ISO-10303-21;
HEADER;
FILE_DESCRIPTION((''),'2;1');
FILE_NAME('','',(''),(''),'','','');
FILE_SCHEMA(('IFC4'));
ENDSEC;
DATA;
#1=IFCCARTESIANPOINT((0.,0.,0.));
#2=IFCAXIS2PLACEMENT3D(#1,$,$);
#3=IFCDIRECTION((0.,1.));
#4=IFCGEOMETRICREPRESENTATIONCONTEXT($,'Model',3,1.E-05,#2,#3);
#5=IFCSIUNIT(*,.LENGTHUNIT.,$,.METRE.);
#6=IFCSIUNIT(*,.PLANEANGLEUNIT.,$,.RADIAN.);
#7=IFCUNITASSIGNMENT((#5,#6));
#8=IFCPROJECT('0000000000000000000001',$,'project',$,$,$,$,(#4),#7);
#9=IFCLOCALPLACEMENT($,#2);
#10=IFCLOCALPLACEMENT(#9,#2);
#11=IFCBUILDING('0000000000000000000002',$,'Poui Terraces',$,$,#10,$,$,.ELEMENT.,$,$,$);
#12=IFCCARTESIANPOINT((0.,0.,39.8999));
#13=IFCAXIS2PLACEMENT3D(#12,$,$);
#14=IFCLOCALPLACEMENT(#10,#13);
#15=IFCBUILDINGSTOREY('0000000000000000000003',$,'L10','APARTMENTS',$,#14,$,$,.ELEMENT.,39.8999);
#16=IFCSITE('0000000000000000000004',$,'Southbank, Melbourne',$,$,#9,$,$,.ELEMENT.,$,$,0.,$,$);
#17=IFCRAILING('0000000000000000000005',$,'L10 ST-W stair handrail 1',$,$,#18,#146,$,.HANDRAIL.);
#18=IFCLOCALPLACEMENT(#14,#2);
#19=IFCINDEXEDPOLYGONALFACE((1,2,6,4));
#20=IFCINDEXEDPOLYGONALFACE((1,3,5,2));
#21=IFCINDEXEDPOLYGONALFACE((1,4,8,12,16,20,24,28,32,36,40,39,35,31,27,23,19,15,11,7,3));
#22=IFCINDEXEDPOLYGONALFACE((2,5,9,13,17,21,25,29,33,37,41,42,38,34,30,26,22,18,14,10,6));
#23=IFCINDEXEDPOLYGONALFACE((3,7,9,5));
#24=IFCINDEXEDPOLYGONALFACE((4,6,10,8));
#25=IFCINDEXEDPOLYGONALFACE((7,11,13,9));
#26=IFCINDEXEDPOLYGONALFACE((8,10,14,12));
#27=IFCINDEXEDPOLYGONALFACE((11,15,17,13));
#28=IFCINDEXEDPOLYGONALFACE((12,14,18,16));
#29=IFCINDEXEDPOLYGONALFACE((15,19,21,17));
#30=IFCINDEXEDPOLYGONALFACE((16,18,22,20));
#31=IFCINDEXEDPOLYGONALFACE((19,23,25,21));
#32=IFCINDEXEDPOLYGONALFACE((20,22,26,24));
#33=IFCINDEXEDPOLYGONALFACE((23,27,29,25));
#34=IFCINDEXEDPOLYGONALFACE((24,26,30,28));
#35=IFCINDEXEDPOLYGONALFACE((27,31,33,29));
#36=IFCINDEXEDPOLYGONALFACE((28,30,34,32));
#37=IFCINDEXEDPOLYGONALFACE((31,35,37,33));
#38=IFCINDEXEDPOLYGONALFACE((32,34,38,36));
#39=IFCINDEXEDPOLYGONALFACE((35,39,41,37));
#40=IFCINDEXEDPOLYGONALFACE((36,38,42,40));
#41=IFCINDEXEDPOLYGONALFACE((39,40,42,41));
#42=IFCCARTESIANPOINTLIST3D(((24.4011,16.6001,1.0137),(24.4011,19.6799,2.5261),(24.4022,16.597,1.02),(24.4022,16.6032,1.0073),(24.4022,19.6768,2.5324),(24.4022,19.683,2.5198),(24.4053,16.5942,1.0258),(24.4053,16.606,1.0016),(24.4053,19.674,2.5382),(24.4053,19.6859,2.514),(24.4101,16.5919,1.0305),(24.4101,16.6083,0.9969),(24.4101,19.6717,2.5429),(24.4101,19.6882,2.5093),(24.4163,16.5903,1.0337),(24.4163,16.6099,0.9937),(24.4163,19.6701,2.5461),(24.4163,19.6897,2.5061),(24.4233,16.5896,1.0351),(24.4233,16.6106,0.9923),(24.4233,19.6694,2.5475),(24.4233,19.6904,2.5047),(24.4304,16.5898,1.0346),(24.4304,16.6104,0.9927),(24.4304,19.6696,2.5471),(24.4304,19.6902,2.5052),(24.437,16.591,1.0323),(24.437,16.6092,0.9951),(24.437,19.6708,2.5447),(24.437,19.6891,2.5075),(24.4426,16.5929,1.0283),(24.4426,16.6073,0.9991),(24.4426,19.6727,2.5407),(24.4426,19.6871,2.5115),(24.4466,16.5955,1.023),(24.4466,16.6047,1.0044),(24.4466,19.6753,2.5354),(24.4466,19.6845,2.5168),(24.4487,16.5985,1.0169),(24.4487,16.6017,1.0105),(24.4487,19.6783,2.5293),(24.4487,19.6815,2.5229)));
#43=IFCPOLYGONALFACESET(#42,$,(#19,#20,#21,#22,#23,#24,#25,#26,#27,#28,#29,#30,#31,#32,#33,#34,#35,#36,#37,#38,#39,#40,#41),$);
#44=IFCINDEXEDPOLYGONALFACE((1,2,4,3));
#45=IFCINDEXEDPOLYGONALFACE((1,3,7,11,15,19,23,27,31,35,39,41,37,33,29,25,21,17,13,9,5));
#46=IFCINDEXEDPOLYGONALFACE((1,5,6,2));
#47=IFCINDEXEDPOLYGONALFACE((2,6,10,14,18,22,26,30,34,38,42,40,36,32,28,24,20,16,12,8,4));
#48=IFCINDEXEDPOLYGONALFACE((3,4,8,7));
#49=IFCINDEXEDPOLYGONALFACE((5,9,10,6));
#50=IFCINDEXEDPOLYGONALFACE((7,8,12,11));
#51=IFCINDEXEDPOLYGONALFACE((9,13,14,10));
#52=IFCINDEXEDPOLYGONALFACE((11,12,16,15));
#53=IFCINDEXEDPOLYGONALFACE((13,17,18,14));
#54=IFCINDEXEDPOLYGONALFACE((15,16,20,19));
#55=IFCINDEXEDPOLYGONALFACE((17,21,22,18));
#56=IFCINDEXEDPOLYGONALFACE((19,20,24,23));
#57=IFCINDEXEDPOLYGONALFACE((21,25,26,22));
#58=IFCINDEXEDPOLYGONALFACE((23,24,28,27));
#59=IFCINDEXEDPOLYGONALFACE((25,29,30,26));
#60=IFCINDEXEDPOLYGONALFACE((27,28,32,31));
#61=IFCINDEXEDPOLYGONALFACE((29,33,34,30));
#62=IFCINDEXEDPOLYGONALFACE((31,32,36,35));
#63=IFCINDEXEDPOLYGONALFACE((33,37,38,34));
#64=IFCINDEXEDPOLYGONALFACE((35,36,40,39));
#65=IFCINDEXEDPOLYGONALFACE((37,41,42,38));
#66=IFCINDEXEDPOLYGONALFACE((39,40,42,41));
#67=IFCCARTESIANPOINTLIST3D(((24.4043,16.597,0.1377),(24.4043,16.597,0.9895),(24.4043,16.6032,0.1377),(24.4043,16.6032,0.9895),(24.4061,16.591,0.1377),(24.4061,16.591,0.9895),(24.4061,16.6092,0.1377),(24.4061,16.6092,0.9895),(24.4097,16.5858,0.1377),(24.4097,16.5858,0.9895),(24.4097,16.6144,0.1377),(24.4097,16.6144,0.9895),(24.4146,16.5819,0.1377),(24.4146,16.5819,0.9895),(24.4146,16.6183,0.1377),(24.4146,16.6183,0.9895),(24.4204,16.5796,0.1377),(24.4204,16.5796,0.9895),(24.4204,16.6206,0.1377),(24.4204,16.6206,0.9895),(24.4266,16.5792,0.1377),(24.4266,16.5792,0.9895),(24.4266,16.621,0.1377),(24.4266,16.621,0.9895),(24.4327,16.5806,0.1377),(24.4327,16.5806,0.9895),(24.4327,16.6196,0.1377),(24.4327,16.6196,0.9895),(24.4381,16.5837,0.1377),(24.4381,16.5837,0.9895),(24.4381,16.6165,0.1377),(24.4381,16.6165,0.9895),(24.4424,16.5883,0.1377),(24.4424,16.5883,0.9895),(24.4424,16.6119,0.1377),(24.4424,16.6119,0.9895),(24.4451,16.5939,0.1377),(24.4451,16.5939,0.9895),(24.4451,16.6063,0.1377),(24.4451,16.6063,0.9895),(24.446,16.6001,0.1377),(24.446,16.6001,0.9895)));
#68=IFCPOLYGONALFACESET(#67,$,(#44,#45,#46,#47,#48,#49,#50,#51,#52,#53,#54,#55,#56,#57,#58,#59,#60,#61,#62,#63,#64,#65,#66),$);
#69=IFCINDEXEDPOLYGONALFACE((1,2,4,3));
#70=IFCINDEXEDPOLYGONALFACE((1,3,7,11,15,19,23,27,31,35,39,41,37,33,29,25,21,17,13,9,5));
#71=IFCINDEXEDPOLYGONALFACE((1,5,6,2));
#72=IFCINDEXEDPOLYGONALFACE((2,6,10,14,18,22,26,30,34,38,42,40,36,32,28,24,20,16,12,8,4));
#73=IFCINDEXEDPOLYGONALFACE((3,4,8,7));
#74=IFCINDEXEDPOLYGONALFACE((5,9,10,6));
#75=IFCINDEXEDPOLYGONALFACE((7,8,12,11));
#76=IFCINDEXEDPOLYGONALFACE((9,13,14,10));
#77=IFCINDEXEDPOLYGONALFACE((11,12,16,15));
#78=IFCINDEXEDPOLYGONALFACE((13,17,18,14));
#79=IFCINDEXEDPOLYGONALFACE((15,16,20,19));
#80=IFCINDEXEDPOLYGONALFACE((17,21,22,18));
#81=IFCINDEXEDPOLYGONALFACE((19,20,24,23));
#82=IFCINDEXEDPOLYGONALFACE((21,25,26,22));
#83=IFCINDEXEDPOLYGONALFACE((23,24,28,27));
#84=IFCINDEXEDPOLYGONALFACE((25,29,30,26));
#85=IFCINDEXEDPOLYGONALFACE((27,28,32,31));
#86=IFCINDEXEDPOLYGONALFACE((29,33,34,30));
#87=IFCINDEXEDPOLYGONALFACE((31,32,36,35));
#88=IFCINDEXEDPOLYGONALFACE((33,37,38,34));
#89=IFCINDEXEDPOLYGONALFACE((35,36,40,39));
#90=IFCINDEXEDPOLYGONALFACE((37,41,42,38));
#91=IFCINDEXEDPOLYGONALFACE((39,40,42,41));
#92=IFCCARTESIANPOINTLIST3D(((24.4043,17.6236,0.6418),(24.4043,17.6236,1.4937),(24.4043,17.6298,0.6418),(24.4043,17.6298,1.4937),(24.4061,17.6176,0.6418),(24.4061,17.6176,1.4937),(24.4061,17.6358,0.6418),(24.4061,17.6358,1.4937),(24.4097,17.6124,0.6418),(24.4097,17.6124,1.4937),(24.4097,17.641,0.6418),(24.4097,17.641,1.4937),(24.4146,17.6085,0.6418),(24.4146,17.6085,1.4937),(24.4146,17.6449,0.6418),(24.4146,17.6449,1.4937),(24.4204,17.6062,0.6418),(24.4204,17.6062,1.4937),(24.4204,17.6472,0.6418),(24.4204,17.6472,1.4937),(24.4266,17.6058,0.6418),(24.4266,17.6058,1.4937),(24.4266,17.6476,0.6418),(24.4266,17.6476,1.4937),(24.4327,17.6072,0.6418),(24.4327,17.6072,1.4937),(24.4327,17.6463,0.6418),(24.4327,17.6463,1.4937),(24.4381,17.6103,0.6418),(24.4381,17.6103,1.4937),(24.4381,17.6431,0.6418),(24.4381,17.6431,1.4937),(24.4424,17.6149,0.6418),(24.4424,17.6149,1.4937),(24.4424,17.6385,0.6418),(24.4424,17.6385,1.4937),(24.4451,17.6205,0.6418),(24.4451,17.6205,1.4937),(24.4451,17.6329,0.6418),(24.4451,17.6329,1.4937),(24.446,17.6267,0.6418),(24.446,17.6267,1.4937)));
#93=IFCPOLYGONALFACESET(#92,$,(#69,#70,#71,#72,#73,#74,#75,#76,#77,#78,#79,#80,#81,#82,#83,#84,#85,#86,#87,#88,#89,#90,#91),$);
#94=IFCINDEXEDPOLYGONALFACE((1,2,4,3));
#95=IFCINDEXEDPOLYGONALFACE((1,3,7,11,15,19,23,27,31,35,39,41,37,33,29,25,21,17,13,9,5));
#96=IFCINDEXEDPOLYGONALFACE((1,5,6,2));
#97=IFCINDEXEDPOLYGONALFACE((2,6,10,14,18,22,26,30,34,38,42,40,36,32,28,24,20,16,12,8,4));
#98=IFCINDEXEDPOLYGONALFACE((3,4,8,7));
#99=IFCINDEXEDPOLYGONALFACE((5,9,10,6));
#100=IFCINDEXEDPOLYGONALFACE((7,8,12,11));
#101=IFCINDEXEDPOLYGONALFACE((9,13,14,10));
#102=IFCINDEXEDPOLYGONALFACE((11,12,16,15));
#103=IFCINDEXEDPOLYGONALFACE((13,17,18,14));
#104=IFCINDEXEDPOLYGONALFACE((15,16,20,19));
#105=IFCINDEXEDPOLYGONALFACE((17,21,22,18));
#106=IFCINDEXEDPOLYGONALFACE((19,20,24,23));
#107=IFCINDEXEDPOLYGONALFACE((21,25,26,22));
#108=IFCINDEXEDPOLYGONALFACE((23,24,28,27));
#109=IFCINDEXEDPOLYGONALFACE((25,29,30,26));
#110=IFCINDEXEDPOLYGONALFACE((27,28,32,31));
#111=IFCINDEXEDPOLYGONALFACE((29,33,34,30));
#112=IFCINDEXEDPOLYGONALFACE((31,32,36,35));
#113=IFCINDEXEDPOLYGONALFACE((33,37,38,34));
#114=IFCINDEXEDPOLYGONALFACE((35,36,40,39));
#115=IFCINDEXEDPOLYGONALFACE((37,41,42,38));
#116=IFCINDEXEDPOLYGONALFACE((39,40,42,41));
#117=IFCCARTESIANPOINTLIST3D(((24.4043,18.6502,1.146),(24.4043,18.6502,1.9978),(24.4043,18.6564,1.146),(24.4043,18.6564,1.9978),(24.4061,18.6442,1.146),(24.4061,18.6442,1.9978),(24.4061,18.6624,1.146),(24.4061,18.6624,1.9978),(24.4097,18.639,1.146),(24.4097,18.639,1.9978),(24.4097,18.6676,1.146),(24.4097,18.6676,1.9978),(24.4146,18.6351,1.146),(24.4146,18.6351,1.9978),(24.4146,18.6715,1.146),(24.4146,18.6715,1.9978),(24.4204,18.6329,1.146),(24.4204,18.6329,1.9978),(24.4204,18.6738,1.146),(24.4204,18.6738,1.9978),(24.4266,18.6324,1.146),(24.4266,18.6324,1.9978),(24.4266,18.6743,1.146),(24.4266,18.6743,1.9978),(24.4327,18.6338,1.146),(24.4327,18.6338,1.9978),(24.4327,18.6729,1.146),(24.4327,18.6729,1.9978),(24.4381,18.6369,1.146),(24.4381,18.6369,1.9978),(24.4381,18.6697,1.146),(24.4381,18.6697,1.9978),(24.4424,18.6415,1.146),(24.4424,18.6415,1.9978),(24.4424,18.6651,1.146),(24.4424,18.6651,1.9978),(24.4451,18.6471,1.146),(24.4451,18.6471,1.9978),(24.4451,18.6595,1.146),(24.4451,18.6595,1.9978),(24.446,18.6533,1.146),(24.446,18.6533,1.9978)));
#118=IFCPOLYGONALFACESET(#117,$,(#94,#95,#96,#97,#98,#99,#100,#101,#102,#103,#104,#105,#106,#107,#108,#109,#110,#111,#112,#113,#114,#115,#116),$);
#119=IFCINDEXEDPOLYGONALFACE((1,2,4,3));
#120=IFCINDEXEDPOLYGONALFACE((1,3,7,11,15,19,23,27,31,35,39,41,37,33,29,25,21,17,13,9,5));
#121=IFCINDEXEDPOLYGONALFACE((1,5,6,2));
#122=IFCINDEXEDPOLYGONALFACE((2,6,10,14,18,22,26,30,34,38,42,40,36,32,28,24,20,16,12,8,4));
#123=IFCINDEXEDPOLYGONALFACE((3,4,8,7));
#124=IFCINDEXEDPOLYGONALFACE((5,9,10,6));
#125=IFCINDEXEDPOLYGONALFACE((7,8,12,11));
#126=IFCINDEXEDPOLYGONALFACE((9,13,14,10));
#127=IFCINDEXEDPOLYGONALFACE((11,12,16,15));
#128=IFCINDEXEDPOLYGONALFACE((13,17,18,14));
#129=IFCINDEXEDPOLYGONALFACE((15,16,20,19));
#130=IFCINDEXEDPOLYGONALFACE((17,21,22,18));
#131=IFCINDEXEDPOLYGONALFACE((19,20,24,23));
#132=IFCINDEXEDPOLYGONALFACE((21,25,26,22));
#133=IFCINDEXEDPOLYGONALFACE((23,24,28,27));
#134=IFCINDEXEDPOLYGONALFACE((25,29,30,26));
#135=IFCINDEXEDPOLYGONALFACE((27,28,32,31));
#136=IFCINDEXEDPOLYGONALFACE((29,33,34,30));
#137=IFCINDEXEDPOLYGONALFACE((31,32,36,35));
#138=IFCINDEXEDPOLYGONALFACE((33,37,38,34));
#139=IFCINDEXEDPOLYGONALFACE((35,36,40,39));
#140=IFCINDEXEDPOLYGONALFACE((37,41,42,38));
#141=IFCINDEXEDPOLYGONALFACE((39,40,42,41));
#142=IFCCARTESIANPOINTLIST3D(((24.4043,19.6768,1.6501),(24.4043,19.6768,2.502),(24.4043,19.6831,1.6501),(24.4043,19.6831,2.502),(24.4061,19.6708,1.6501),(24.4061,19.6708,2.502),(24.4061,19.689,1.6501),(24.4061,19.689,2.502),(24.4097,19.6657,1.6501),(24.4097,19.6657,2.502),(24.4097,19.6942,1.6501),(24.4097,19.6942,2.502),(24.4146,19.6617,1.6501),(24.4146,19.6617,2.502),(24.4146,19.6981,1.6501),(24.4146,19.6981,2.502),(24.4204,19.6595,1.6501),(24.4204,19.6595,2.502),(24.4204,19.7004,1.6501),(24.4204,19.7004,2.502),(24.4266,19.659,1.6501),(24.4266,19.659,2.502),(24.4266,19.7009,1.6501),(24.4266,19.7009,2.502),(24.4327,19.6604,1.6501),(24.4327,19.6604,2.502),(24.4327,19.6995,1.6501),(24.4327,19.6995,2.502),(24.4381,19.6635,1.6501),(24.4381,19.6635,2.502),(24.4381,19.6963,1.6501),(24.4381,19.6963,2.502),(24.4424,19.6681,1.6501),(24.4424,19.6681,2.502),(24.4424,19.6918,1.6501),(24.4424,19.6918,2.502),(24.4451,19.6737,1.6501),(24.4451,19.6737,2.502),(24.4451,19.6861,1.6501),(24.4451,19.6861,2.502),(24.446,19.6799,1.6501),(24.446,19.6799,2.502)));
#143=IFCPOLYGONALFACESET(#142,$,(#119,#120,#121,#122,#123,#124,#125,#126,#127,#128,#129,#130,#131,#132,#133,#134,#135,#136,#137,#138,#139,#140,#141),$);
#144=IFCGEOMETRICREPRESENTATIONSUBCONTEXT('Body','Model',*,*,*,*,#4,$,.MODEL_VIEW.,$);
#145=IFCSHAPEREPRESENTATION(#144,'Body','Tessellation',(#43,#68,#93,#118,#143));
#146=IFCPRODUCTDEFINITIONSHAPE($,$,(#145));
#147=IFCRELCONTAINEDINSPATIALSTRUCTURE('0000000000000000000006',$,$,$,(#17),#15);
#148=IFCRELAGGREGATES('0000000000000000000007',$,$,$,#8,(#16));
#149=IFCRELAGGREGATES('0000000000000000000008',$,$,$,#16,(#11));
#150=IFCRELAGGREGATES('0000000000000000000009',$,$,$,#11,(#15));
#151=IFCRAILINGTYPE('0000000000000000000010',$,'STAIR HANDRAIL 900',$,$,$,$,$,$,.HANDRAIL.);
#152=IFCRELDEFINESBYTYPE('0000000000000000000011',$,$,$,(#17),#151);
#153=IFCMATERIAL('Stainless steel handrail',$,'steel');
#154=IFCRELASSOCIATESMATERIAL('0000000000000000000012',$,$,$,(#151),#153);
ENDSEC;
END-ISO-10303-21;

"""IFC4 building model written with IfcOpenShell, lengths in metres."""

from ifc_helpers import new_model, si_unit, direction, frame, origin, origin_2d, place, context, subcontext, project, spatial, circle, extrude, material, type_object, element, save


model = new_model("IFC4")

# Units and contexts
model_context = context("Model", 3, precision=1e-05, world=origin(), true_north=direction((0.0, 1.0)))
body_context = subcontext(model_context, "Body", "Model", "MODEL_VIEW")
ifc_project = project(units=[si_unit("LENGTHUNIT", "METRE"), si_unit("PLANEANGLEUNIT", "RADIAN")], contexts=[model_context])

# Site, building, storey
site_placement = place(None, origin())
site = spatial("IfcSite", under=ifc_project, at=site_placement, Name="Southbank, Melbourne", CompositionType="ELEMENT", RefElevation=0.0)
building_placement = place(site_placement, origin())
building = spatial("IfcBuilding", under=site, at=building_placement, Name="Poui Terraces", CompositionType="ELEMENT")
storey_placement = place(building_placement, frame((0.0, 0.0, 39.8999)))
storey = spatial("IfcBuildingStorey", under=building, at=storey_placement, Name="L10", Description="APARTMENTS", CompositionType="ELEMENT", Elevation=39.8999)

# Railing
ifc_material_1 = material(Name="Stainless steel handrail", Category="steel")
railing_type_1 = type_object("IfcRailingType", Name="STAIR HANDRAIL 900", PredefinedType="HANDRAIL", material=ifc_material_1)
railing_1_placement = place(storey_placement, frame((24.425, 16.6001, 0.1377)))
element("IfcRailing", 1, at=railing_1_placement, inside=storey, type_object=railing_type_1, Name="L10 ST-W stair handrail 1", PredefinedType="HANDRAIL", context=body_context, shape_type="SweptSolid", body=[
    extrude(circle(Radius=0.0239, at=origin_2d()), frame((0.0, 0.0, 0.876), z_axis=(0.0, 0.897606, 0.440798), x_axis=(-1.0, 0.0, 0.0)), (0.0, 0.0, 1.0), 3.4312),
    extrude(circle(Radius=0.021, at=origin_2d()), origin(), (0.0, 0.0, 1.0), 0.8518),
    extrude(circle(Radius=0.021, at=origin_2d()), frame((0.0, 1.0266, 0.5042)), (0.0, 0.0, 1.0), 0.8518),
    extrude(circle(Radius=0.021, at=origin_2d()), frame((0.0, 2.0532, 1.0083)), (0.0, 0.0, 1.0), 0.8518),
    extrude(circle(Radius=0.021, at=origin_2d()), frame((0.0, 3.0798, 1.5125)), (0.0, 0.0, 1.0), 0.8518),
])

save(model, "model.ifc")
